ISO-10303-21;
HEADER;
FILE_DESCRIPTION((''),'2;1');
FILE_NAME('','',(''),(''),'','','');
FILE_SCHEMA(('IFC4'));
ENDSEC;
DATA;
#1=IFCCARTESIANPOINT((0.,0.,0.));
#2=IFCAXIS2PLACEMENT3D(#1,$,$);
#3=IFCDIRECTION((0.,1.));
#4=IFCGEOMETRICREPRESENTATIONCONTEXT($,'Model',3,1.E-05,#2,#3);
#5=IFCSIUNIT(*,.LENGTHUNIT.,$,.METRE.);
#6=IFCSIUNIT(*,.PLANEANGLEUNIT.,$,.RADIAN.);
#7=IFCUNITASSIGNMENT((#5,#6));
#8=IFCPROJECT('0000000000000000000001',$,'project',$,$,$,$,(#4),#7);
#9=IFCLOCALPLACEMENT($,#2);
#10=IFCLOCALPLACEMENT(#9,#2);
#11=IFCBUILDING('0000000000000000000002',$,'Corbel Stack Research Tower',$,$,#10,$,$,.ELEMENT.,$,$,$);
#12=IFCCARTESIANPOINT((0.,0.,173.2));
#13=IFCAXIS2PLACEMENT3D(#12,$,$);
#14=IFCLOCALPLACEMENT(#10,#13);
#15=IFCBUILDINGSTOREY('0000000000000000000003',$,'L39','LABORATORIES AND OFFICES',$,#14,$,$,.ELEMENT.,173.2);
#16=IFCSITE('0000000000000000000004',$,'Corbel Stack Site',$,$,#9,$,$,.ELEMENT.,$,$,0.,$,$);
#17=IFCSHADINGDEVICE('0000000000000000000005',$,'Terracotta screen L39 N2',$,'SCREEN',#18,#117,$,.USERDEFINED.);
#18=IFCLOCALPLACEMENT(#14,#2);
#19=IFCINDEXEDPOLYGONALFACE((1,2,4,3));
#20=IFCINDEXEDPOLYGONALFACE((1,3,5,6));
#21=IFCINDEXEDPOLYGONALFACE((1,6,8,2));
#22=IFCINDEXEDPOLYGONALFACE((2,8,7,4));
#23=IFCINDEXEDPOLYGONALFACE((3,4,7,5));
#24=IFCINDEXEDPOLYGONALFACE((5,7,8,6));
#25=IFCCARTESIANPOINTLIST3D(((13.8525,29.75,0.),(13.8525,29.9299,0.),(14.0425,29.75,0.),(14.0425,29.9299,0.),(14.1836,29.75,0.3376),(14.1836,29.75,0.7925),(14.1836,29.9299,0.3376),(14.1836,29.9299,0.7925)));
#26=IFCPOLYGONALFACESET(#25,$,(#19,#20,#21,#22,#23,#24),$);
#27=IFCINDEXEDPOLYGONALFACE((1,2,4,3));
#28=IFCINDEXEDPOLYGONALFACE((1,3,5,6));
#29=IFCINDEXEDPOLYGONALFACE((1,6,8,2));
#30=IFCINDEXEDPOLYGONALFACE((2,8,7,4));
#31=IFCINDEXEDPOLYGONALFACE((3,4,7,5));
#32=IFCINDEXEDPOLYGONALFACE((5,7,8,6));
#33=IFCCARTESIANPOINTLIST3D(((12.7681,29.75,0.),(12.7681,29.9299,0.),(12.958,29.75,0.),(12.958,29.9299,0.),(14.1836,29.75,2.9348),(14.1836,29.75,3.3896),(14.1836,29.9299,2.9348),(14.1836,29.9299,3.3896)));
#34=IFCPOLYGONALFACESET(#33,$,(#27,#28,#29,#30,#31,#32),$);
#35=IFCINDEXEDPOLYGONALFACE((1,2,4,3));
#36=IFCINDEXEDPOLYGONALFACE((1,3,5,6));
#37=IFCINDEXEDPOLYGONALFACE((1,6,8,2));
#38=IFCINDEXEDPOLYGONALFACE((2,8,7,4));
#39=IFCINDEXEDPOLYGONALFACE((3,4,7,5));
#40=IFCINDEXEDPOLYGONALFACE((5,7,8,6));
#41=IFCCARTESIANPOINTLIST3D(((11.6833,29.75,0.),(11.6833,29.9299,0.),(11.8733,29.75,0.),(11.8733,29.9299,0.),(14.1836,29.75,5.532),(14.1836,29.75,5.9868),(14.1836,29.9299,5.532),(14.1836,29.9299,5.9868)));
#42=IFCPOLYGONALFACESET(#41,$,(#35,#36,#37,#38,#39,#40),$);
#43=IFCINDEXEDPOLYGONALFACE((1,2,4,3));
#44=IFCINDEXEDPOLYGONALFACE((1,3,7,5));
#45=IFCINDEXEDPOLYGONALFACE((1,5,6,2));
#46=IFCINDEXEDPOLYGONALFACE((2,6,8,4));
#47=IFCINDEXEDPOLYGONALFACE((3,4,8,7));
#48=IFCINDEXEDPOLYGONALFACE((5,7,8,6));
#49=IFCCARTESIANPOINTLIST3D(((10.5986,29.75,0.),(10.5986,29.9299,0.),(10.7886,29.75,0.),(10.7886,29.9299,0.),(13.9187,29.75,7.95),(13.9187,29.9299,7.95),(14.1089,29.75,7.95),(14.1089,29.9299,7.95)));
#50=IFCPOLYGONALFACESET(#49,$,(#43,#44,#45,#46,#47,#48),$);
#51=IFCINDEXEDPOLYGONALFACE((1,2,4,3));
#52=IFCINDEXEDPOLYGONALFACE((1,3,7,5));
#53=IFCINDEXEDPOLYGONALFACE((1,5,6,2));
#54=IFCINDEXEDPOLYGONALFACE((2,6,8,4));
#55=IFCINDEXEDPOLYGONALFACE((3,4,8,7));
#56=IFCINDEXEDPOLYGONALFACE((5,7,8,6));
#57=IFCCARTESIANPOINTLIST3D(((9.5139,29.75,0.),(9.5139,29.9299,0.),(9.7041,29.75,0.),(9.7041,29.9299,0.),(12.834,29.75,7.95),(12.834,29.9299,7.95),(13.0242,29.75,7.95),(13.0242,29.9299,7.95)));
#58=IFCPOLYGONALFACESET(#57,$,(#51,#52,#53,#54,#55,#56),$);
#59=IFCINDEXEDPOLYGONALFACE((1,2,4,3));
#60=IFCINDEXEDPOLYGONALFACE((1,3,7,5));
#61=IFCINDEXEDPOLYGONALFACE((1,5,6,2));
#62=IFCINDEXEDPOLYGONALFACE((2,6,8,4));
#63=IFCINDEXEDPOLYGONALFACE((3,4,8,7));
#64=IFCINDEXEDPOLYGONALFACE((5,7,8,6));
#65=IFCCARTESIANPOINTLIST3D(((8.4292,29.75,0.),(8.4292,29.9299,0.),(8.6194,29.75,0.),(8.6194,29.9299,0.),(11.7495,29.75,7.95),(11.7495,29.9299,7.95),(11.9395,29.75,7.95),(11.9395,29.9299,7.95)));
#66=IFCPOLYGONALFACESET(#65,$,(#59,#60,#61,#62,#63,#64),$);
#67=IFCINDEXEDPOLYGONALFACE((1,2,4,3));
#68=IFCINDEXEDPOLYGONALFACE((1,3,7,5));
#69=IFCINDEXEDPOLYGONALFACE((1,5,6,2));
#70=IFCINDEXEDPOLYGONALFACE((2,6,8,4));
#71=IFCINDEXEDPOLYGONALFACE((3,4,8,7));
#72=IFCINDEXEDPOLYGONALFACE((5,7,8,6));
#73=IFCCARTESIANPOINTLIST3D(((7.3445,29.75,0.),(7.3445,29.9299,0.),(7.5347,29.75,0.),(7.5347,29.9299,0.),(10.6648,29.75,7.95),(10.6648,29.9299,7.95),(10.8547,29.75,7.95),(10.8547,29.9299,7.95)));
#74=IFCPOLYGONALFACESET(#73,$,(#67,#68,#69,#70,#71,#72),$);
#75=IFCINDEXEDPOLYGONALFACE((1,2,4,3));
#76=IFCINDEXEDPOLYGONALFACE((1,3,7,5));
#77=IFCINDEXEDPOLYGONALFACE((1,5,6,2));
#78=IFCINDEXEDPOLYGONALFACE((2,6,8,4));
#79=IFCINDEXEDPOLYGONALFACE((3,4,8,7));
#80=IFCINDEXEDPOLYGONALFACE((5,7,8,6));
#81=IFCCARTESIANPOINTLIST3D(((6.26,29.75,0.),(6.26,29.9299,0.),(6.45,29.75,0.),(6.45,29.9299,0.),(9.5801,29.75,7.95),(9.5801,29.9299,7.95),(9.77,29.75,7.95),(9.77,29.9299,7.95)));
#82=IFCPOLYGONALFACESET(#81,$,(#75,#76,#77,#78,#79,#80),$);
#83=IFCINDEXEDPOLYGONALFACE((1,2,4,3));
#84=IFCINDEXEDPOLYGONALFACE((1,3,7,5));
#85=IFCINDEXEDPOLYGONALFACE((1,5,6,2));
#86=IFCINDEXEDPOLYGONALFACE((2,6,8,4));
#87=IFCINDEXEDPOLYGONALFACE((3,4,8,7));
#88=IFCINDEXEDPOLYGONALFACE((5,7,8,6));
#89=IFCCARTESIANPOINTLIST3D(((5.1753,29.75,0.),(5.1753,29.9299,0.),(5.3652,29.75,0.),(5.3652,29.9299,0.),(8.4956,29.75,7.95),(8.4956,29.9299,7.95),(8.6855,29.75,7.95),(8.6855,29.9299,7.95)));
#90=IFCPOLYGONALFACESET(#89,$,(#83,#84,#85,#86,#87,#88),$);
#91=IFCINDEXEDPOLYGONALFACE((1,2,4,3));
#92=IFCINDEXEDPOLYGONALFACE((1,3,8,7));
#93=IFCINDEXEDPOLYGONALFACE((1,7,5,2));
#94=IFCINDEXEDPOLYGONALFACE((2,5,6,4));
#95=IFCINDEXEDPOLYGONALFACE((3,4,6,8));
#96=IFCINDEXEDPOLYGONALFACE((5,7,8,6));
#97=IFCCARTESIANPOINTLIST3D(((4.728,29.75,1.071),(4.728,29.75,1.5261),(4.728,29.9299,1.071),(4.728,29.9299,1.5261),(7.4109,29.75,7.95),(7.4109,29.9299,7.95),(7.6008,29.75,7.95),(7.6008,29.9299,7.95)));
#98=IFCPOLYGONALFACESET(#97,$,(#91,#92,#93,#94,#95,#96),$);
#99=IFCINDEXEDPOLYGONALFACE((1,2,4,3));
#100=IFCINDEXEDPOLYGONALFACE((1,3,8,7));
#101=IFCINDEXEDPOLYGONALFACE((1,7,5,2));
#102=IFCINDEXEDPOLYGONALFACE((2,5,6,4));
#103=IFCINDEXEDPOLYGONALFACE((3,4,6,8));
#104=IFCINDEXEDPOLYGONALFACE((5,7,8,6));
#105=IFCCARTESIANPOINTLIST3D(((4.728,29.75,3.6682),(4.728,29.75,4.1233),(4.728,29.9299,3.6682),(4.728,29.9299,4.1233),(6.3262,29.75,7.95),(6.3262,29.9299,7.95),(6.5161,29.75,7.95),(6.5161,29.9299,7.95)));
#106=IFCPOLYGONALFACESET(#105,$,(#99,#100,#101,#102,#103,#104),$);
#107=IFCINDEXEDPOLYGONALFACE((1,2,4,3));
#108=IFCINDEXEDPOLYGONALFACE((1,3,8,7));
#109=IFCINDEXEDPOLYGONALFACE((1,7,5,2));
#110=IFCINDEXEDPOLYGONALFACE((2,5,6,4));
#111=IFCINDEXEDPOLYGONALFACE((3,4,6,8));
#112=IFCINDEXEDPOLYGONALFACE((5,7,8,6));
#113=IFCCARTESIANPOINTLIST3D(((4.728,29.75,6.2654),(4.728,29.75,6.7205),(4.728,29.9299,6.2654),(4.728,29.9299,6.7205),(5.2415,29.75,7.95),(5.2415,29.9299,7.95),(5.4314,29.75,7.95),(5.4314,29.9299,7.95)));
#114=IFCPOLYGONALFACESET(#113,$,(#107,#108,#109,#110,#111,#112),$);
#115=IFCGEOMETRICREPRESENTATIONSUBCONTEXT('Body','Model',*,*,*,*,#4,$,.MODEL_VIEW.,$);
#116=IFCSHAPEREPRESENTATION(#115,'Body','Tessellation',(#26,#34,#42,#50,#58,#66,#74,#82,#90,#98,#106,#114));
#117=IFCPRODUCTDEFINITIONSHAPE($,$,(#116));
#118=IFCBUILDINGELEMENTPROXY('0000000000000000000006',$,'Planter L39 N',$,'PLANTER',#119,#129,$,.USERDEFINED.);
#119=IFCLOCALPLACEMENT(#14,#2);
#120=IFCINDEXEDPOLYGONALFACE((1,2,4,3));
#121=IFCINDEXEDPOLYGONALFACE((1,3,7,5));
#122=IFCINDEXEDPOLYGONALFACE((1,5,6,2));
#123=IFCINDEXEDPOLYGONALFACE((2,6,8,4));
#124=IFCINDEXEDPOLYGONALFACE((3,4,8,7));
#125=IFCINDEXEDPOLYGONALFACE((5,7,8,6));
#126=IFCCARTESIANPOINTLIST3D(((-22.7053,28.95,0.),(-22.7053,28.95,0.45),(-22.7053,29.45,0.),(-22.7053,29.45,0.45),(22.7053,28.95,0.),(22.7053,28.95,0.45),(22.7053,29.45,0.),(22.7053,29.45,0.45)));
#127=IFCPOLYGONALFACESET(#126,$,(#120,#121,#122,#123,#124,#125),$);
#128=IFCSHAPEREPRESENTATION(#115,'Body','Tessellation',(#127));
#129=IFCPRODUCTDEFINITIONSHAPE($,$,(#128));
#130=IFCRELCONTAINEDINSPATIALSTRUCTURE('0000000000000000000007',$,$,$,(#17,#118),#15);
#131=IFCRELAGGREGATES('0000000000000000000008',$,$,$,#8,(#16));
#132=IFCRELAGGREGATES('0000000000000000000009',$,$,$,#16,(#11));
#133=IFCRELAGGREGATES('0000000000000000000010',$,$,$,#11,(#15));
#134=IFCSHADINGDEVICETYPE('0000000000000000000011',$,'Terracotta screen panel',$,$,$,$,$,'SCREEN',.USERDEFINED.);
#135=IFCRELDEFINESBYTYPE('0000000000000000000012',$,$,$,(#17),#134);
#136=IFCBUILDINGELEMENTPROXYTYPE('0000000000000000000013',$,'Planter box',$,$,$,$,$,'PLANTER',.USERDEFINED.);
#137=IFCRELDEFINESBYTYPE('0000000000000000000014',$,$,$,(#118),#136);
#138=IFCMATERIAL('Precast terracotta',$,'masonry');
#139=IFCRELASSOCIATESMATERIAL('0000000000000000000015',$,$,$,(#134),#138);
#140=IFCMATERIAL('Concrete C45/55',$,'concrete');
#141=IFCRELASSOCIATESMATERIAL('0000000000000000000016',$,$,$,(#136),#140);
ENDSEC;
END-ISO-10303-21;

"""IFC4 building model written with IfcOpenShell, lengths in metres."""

from ifc_helpers import new_model, si_unit, direction, frame, origin, origin_2d, place, context, subcontext, project, spatial, polyline, rectangle, outline, extrude, source, transform, mapped, material, type_object, element, save


model = new_model("IFC4")

# Units and contexts
model_context = context("Model", 3, precision=1e-05, world=origin(), true_north=direction((0.0, 1.0)))
body_context = subcontext(model_context, "Body", "Model", "MODEL_VIEW")
ifc_project = project(units=[si_unit("LENGTHUNIT", "METRE"), si_unit("PLANEANGLEUNIT", "RADIAN")], contexts=[model_context])

# Site, building, storey
site_placement = place(None, origin())
site = spatial("IfcSite", under=ifc_project, at=site_placement, Name="Corbel Stack Site", CompositionType="ELEMENT", RefElevation=0.0)
building_placement = place(site_placement, origin())
building = spatial("IfcBuilding", under=site, at=building_placement, Name="Corbel Stack Research Tower", CompositionType="ELEMENT")
storey_placement = place(building_placement, frame((0.0, 0.0, 173.2)))
storey = spatial("IfcBuildingStorey", under=building, at=storey_placement, Name="L39", Description="LABORATORIES AND OFFICES", CompositionType="ELEMENT", Elevation=173.2)

# Shading device
ifc_material_1 = material(Name="Precast terracotta", Category="masonry")
shading_device_type = type_object("IfcShadingDeviceType", Name="Terracotta screen panel", ElementType="SCREEN", PredefinedType="USERDEFINED", material=ifc_material_1)
shared_shape_1 = source(origin(), body_context, "Body", "SweptSolid", [
    extrude(outline(polyline([(0.3311, 0.0), (0.0, 0.7925), (0.0, 0.3376), (0.1411, 0.0), (0.3311, 0.0)])), frame((0.0, 0.0, 0.0), z_axis=(0.0, -1.0, 0.0), x_axis=(1.0, 0.0, 0.0)), (0.0, 0.0, 1.0), 0.1799),
    extrude(outline(polyline([(1.4155, 0.0), (0.0, 3.3896), (0.0, 2.9348), (1.2256, 0.0), (1.4155, 0.0)])), frame((0.0, 0.0, 0.0), z_axis=(0.0, -1.0, 0.0), x_axis=(1.0, 0.0, 0.0)), (0.0, 0.0, 1.0), 0.1799),
    extrude(outline(polyline([(2.5002, 0.0), (0.0, 5.9868), (0.0, 5.532), (2.3103, 0.0), (2.5002, 0.0)])), frame((0.0, 0.0, 0.0), z_axis=(0.0, -1.0, 0.0), x_axis=(1.0, 0.0, 0.0)), (0.0, 0.0, 1.0), 0.1799),
    extrude(outline(polyline([(3.585, 0.0), (0.2649, 7.95), (0.0747, 7.95), (3.395, 0.0), (3.585, 0.0)])), frame((0.0, 0.0, 0.0), z_axis=(0.0, -1.0, 0.0), x_axis=(1.0, 0.0, 0.0)), (0.0, 0.0, 1.0), 0.1799),
    extrude(outline(polyline([(4.6697, 0.0), (1.3496, 7.95), (1.1594, 7.95), (4.4795, 0.0), (4.6697, 0.0)])), frame((0.0, 0.0, 0.0), z_axis=(0.0, -1.0, 0.0), x_axis=(1.0, 0.0, 0.0)), (0.0, 0.0, 1.0), 0.1799),
    extrude(outline(polyline([(5.7544, 0.0), (2.4341, 7.95), (2.2441, 7.95), (5.5642, 0.0), (5.7544, 0.0)])), frame((0.0, 0.0, 0.0), z_axis=(0.0, -1.0, 0.0), x_axis=(1.0, 0.0, 0.0)), (0.0, 0.0, 1.0), 0.1799),
    extrude(outline(polyline([(6.8391, 0.0), (3.5188, 7.95), (3.3289, 7.95), (6.6489, 0.0), (6.8391, 0.0)])), frame((0.0, 0.0, 0.0), z_axis=(0.0, -1.0, 0.0), x_axis=(1.0, 0.0, 0.0)), (0.0, 0.0, 1.0), 0.1799),
    extrude(outline(polyline([(7.9236, 0.0), (4.6035, 7.95), (4.4136, 7.95), (7.7336, 0.0), (7.9236, 0.0)])), frame((0.0, 0.0, 0.0), z_axis=(0.0, -1.0, 0.0), x_axis=(1.0, 0.0, 0.0)), (0.0, 0.0, 1.0), 0.1799),
    extrude(outline(polyline([(9.0083, 0.0), (5.688, 7.95), (5.498, 7.95), (8.8184, 0.0), (9.0083, 0.0)])), frame((0.0, 0.0, 0.0), z_axis=(0.0, -1.0, 0.0), x_axis=(1.0, 0.0, 0.0)), (0.0, 0.0, 1.0), 0.1799),
    extrude(outline(polyline([(6.7727, 7.95), (6.5828, 7.95), (9.4556, 1.071), (9.4556, 1.5261), (6.7727, 7.95)])), frame((0.0, 0.0, 0.0), z_axis=(0.0, -1.0, 0.0), x_axis=(1.0, 0.0, 0.0)), (0.0, 0.0, 1.0), 0.1799),
    extrude(outline(polyline([(7.8574, 7.95), (7.6675, 7.95), (9.4556, 3.6682), (9.4556, 4.1233), (7.8574, 7.95)])), frame((0.0, 0.0, 0.0), z_axis=(0.0, -1.0, 0.0), x_axis=(1.0, 0.0, 0.0)), (0.0, 0.0, 1.0), 0.1799),
    extrude(outline(polyline([(8.9421, 7.95), (8.7522, 7.95), (9.4556, 6.2654), (9.4556, 6.7205), (8.9421, 7.95)])), frame((0.0, 0.0, 0.0), z_axis=(0.0, -1.0, 0.0), x_axis=(1.0, 0.0, 0.0)), (0.0, 0.0, 1.0), 0.1799),
])
shading_device_1_placement = place(storey_placement, frame((14.1836, 29.75, 0.0), z_axis=(0.0, 0.0, 1.0), x_axis=(-1.0, 0.0, 0.0)))
element("IfcShadingDevice", 1, at=shading_device_1_placement, inside=storey, type_object=shading_device_type, Name="Terracotta screen L39 N2", ObjectType="SCREEN", PredefinedType="USERDEFINED", context=body_context, shape_type="MappedRepresentation", body=[
    mapped(shared_shape_1, transform((0.0, 0.0, 0.0))),
])

# Building element proxy
ifc_material_2 = material(Name="Concrete C45/55", Category="concrete")
building_element_proxy_type = type_object("IfcBuildingElementProxyType", Name="Planter box", ElementType="PLANTER", PredefinedType="USERDEFINED", material=ifc_material_2)
proxy_placement = place(storey_placement, frame((0.0, 29.2, 0.0), z_axis=(0.0, 0.0, 1.0), x_axis=(-1.0, 0.0, 0.0)))
element("IfcBuildingElementProxy", 2, at=proxy_placement, inside=storey, type_object=building_element_proxy_type, Name="Planter L39 N", ObjectType="PLANTER", PredefinedType="USERDEFINED", context=body_context, shape_type="SweptSolid", body=[
    extrude(rectangle(XDim=45.4106, YDim=0.5, at=origin_2d()), origin(), (0.0, 0.0, 1.0), 0.45),
])

save(model, "model.ifc")
